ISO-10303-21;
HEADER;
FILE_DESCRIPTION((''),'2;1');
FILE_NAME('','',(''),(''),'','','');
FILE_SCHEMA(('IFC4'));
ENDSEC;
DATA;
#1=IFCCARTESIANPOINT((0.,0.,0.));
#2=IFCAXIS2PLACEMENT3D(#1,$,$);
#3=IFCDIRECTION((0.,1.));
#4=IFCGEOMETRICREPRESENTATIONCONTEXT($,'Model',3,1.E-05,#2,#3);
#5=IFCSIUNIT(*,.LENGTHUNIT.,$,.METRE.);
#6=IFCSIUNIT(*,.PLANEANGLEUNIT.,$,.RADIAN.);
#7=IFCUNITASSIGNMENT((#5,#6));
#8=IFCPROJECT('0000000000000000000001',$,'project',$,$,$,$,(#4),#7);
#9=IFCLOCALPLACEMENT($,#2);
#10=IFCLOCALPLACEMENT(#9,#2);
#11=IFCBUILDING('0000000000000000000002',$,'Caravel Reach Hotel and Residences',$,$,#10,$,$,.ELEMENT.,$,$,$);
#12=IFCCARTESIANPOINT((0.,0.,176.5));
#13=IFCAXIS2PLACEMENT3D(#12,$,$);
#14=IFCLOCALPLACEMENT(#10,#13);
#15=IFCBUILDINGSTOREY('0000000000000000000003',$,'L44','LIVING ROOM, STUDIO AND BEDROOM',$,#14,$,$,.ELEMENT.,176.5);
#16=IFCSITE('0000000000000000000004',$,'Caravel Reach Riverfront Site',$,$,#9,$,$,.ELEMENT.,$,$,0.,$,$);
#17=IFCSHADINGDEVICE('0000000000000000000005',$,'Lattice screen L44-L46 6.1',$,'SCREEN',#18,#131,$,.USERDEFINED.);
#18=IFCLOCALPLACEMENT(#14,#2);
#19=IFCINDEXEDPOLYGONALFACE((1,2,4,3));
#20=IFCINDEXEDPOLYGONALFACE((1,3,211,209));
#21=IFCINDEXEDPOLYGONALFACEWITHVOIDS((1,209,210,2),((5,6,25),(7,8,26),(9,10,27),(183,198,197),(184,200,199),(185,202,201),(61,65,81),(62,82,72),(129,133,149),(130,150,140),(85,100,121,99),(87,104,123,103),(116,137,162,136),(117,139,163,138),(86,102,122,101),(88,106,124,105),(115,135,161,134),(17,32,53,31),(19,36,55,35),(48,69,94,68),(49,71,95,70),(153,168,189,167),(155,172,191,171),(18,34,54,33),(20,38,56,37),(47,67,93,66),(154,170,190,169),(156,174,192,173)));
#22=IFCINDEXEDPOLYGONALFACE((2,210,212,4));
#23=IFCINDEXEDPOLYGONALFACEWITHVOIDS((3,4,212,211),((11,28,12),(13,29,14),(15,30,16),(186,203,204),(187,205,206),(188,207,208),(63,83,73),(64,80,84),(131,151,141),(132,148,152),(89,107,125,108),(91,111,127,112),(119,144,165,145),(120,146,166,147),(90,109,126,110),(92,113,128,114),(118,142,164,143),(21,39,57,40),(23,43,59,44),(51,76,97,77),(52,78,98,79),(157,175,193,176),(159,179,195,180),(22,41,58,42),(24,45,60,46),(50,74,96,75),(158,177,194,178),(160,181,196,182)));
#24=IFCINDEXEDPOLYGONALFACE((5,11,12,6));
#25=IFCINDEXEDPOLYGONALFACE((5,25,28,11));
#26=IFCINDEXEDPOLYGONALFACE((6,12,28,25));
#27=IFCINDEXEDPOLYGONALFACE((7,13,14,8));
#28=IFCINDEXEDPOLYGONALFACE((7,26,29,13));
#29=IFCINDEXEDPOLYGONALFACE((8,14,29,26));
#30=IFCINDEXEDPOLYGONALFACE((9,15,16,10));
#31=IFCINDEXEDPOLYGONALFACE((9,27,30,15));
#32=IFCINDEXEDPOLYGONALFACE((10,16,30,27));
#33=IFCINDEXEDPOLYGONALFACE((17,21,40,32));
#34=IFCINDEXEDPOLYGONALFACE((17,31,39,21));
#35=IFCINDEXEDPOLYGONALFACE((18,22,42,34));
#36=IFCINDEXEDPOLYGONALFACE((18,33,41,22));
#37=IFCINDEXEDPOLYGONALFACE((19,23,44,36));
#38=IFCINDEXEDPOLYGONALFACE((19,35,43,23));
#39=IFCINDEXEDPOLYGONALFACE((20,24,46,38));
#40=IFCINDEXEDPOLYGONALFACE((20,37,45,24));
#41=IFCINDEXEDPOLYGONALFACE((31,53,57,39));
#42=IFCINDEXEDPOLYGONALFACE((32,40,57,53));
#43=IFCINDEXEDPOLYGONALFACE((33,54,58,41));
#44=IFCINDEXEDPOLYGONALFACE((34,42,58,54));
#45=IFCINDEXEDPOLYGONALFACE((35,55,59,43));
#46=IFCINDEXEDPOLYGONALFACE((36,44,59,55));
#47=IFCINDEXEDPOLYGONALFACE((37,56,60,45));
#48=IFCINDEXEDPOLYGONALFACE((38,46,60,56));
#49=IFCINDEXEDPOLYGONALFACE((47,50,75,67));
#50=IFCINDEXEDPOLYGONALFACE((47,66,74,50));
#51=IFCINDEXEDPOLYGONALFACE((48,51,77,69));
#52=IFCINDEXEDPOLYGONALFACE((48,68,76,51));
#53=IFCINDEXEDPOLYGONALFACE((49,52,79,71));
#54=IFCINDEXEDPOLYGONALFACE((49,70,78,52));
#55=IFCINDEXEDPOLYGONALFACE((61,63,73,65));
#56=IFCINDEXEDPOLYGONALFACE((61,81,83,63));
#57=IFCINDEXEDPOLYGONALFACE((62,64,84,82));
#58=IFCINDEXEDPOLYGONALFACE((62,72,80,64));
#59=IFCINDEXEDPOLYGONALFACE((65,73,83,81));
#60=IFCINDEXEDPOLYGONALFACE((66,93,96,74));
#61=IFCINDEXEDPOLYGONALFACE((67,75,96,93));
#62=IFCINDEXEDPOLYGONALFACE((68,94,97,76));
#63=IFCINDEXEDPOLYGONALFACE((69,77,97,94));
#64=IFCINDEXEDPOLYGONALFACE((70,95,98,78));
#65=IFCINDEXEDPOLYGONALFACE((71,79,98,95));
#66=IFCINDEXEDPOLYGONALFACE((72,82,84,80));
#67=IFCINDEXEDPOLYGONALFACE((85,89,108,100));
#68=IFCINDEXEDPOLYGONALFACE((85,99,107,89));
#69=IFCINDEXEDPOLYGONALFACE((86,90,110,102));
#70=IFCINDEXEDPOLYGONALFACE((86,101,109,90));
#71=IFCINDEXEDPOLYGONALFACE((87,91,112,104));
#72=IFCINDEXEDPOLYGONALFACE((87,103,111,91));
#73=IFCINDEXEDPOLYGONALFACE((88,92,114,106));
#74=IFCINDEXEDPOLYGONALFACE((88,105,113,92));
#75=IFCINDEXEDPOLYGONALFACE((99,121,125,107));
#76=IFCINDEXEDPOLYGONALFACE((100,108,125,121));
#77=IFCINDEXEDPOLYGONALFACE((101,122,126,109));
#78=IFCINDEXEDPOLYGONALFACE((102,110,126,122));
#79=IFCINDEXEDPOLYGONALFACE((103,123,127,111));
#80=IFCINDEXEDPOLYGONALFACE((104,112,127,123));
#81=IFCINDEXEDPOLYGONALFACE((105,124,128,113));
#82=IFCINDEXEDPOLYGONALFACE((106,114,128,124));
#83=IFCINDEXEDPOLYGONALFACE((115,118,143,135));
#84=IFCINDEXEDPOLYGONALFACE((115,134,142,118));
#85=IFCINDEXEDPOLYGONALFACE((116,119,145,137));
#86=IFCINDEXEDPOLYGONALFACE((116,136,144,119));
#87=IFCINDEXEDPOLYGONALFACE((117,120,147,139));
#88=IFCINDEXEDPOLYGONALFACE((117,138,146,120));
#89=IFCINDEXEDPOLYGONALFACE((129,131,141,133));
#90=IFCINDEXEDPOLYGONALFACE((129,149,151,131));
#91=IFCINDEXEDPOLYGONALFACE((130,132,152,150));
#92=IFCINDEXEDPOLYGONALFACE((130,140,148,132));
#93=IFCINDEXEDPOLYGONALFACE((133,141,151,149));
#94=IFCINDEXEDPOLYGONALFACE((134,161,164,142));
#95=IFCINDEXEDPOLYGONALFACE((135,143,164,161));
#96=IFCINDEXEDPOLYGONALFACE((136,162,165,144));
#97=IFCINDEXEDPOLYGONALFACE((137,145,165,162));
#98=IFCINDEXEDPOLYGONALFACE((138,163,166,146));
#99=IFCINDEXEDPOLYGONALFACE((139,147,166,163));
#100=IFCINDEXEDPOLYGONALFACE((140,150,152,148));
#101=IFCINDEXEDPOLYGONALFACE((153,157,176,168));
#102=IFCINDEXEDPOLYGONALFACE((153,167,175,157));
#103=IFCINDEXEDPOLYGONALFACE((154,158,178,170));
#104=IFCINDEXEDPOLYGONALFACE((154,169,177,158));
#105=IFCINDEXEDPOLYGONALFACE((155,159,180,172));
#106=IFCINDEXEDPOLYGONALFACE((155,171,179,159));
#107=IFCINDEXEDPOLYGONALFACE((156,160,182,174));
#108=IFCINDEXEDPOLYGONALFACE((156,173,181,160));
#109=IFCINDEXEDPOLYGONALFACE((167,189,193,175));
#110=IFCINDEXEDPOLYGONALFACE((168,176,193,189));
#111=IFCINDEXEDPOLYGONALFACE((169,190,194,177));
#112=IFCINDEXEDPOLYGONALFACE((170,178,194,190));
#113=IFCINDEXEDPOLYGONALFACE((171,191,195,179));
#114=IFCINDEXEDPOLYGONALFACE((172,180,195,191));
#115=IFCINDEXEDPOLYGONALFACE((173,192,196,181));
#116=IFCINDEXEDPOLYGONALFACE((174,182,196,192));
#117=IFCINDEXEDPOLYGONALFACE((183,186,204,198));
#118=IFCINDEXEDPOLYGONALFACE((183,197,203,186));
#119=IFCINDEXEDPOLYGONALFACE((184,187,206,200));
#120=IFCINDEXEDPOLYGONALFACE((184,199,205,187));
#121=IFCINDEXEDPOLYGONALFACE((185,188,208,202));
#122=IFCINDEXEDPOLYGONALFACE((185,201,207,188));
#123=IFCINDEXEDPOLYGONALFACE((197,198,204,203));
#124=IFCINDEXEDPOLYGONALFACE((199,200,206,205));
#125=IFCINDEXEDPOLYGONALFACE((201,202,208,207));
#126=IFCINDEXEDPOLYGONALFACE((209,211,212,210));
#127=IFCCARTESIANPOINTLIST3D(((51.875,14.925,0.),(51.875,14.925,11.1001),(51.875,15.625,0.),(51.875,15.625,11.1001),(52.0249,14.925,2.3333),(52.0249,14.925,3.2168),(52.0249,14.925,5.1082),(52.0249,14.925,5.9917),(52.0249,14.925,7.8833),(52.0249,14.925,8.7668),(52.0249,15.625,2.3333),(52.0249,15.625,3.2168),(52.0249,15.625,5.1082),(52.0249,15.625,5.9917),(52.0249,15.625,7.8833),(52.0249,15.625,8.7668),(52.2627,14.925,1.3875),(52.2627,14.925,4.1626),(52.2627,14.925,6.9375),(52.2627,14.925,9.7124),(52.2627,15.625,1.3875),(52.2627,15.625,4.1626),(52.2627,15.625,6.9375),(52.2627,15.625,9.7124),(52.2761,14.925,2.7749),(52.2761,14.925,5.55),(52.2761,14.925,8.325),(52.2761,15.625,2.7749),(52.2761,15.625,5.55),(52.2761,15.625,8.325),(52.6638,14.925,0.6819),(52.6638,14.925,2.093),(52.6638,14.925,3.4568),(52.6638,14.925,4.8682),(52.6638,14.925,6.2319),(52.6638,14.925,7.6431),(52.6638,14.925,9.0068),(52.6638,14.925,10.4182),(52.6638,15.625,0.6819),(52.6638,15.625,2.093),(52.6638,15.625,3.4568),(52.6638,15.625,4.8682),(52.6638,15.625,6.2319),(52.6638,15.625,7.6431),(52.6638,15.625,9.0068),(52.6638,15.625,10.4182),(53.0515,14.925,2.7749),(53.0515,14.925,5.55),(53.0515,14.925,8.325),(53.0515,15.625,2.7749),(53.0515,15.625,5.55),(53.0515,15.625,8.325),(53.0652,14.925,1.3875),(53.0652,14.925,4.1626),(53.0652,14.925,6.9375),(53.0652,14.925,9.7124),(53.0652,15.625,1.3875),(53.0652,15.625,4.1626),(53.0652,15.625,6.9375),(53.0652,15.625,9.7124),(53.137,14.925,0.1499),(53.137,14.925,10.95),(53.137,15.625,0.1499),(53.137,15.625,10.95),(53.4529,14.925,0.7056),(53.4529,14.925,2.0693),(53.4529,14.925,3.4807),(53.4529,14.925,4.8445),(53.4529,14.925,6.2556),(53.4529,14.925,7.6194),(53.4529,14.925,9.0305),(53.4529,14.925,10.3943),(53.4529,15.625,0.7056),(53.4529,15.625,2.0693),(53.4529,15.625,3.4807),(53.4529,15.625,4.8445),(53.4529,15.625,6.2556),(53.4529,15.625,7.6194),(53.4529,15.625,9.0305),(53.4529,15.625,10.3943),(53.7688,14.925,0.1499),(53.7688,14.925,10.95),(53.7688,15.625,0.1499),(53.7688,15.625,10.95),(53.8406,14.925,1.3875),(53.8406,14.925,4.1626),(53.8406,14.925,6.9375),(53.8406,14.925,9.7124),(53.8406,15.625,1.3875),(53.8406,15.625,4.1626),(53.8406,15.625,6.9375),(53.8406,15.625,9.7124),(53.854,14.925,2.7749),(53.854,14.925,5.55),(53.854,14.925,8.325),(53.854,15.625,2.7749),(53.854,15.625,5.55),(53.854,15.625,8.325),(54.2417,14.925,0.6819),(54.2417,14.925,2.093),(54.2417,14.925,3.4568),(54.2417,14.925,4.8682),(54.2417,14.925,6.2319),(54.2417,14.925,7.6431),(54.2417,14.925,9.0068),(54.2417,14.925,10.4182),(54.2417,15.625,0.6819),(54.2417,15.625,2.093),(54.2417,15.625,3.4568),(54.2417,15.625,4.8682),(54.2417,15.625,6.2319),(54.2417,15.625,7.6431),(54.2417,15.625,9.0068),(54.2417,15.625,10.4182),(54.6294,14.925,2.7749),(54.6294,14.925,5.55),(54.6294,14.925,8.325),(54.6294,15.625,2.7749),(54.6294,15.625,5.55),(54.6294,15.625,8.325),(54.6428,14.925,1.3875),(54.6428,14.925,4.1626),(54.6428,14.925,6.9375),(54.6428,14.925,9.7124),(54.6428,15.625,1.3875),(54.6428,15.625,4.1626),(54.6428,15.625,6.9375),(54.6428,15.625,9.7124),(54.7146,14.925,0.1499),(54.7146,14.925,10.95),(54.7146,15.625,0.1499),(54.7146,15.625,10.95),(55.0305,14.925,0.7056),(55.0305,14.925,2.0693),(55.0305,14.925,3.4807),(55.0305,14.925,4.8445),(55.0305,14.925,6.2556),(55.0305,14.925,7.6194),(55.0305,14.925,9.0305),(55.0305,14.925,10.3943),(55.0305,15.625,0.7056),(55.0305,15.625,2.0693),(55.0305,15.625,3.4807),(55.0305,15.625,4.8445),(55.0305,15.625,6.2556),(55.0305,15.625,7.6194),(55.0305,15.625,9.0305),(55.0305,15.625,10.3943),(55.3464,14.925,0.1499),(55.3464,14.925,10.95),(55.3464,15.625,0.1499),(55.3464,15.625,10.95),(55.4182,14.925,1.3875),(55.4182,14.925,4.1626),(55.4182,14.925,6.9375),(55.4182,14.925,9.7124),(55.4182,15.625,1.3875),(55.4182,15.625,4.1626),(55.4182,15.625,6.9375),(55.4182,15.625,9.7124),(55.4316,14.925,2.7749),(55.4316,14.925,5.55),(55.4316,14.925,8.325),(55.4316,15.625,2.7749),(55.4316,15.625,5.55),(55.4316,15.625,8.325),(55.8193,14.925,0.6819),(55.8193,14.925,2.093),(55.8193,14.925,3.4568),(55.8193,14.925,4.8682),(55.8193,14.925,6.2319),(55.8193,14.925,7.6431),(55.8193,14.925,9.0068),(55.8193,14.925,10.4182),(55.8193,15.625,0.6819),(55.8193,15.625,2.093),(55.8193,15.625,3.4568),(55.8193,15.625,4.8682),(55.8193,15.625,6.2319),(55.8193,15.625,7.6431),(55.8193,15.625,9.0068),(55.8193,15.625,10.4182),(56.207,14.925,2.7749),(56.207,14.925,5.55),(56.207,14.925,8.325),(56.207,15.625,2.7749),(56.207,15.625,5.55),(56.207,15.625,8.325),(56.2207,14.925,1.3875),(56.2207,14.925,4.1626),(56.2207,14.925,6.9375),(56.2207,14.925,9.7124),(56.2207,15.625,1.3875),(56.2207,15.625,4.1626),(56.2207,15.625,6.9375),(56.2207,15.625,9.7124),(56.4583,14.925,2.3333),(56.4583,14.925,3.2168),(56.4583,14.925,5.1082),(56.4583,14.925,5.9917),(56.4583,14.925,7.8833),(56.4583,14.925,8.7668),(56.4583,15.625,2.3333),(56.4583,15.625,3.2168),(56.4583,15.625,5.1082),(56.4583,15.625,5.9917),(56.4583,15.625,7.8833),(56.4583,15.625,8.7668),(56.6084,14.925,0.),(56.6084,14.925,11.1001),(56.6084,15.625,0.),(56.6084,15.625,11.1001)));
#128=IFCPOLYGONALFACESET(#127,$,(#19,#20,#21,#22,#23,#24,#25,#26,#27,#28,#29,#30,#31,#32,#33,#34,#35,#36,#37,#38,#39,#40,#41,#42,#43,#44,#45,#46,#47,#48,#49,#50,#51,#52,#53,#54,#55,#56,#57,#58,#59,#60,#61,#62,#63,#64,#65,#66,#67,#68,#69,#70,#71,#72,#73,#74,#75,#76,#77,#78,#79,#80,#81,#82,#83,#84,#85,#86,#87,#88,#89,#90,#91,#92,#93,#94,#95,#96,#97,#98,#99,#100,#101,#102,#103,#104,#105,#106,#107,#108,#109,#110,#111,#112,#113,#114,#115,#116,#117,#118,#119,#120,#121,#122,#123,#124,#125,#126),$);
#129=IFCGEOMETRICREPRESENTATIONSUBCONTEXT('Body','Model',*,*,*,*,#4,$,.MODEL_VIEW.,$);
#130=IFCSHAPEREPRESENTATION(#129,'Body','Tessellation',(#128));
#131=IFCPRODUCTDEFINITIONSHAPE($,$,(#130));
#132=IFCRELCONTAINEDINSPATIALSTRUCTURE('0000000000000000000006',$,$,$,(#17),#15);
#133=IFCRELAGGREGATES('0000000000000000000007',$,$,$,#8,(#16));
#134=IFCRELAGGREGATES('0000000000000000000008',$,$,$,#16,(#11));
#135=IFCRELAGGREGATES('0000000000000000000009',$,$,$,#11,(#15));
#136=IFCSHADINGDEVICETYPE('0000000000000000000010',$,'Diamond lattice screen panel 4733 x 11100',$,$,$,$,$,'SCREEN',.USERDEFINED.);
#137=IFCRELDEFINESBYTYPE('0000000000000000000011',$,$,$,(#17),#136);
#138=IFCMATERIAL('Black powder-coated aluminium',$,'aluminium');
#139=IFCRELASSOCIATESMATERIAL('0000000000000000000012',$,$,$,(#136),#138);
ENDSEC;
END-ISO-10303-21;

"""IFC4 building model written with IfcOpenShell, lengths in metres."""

from ifc_helpers import new_model, si_unit, direction, frame, origin, place, context, subcontext, project, spatial, polyline, outline, extrude, material, type_object, element, save


model = new_model("IFC4")

# Units and contexts
model_context = context("Model", 3, precision=1e-05, world=origin(), true_north=direction((0.0, 1.0)))
body_context = subcontext(model_context, "Body", "Model", "MODEL_VIEW")
ifc_project = project(units=[si_unit("LENGTHUNIT", "METRE"), si_unit("PLANEANGLEUNIT", "RADIAN")], contexts=[model_context])

# Site, building, storey
site_placement = place(None, origin())
site = spatial("IfcSite", under=ifc_project, at=site_placement, Name="Caravel Reach Riverfront Site", CompositionType="ELEMENT", RefElevation=0.0)
building_placement = place(site_placement, origin())
building = spatial("IfcBuilding", under=site, at=building_placement, Name="Caravel Reach Hotel and Residences", CompositionType="ELEMENT")
storey_placement = place(building_placement, frame((0.0, 0.0, 176.5)))
storey = spatial("IfcBuildingStorey", under=building, at=storey_placement, Name="L44", Description="LIVING ROOM, STUDIO AND BEDROOM", CompositionType="ELEMENT", Elevation=176.5)

# Shading device
ifc_material_1 = material(Name="Black powder-coated aluminium", Category="aluminium")
shading_device_type_1 = type_object("IfcShadingDeviceType", Name="Diamond lattice screen panel 4733 x 11100", ElementType="SCREEN", PredefinedType="USERDEFINED", material=ifc_material_1)
shading_device_1_placement = place(storey_placement, frame((51.875, 15.625, 0.0), z_axis=(0.0, -1.0, 0.0), x_axis=(1.0, 0.0, 0.0)))
element("IfcShadingDevice", 1, at=shading_device_1_placement, inside=storey, type_object=shading_device_type_1, Name="Lattice screen L44-L46 6.1", ObjectType="SCREEN", PredefinedType="USERDEFINED", context=body_context, shape_type="SweptSolid", body=[
    extrude(outline(polyline([(0.0, 0.0), (4.7334, 0.0), (4.7334, 11.1001), (0.0, 11.1001), (0.0, 0.0)]), holes=[polyline([(0.4011, 2.7749), (0.1499, 3.2168), (0.1499, 2.3333), (0.4011, 2.7749)]), polyline([(0.4011, 5.55), (0.1499, 5.9917), (0.1499, 5.1082), (0.4011, 5.55)]), polyline([(0.4011, 8.325), (0.1499, 8.7668), (0.1499, 7.8833), (0.4011, 8.325)]), polyline([(0.7888, 2.093), (0.3877, 1.3875), (0.7888, 0.6819), (1.1902, 1.3875), (0.7888, 2.093)]), polyline([(0.7888, 4.8682), (0.3877, 4.1626), (0.7888, 3.4568), (1.1902, 4.1626), (0.7888, 4.8682)]), polyline([(0.7888, 7.6431), (0.3877, 6.9375), (0.7888, 6.2319), (1.1902, 6.9375), (0.7888, 7.6431)]), polyline([(0.7888, 10.4182), (0.3877, 9.7124), (0.7888, 9.0068), (1.1902, 9.7124), (0.7888, 10.4182)]), polyline([(1.5779, 0.7056), (1.262, 0.1499), (1.8938, 0.1499), (1.5779, 0.7056)]), polyline([(1.5779, 3.4807), (1.1765, 2.7749), (1.5779, 2.0693), (1.979, 2.7749), (1.5779, 3.4807)]), polyline([(1.5779, 6.2556), (1.1765, 5.55), (1.5779, 4.8445), (1.979, 5.55), (1.5779, 6.2556)]), polyline([(1.5779, 9.0305), (1.1765, 8.325), (1.5779, 7.6194), (1.979, 8.325), (1.5779, 9.0305)]), polyline([(1.5779, 10.3943), (1.8938, 10.95), (1.262, 10.95), (1.5779, 10.3943)]), polyline([(2.3667, 2.093), (1.9656, 1.3875), (2.3667, 0.6819), (2.7678, 1.3875), (2.3667, 2.093)]), polyline([(2.3667, 4.8682), (1.9656, 4.1626), (2.3667, 3.4568), (2.7678, 4.1626), (2.3667, 4.8682)]), polyline([(2.3667, 7.6431), (1.9656, 6.9375), (2.3667, 6.2319), (2.7678, 6.9375), (2.3667, 7.6431)]), polyline([(2.3667, 10.4182), (1.9656, 9.7124), (2.3667, 9.0068), (2.7678, 9.7124), (2.3667, 10.4182)]), polyline([(3.1555, 0.7056), (2.8396, 0.1499), (3.4714, 0.1499), (3.1555, 0.7056)]), polyline([(3.1555, 3.4807), (2.7544, 2.7749), (3.1555, 2.0693), (3.5566, 2.7749), (3.1555, 3.4807)]), polyline([(3.1555, 6.2556), (2.7544, 5.55), (3.1555, 4.8445), (3.5566, 5.55), (3.1555, 6.2556)]), polyline([(3.1555, 9.0305), (2.7544, 8.325), (3.1555, 7.6194), (3.5566, 8.325), (3.1555, 9.0305)]), polyline([(3.1555, 10.3943), (3.4714, 10.95), (2.8396, 10.95), (3.1555, 10.3943)]), polyline([(3.9443, 2.093), (3.5432, 1.3875), (3.9443, 0.6819), (4.3457, 1.3875), (3.9443, 2.093)]), polyline([(3.9443, 4.8682), (3.5432, 4.1626), (3.9443, 3.4568), (4.3457, 4.1626), (3.9443, 4.8682)]), polyline([(3.9443, 7.6431), (3.5432, 6.9375), (3.9443, 6.2319), (4.3457, 6.9375), (3.9443, 7.6431)]), polyline([(3.9443, 10.4182), (3.5432, 9.7124), (3.9443, 9.0068), (4.3457, 9.7124), (3.9443, 10.4182)]), polyline([(4.332, 2.7749), (4.5833, 2.3333), (4.5833, 3.2168), (4.332, 2.7749)]), polyline([(4.332, 5.55), (4.5833, 5.1082), (4.5833, 5.9917), (4.332, 5.55)]), polyline([(4.332, 8.325), (4.5833, 7.8833), (4.5833, 8.7668), (4.332, 8.325)])]), origin(), (0.0, 0.0, 1.0), 0.7),
])

save(model, "model.ifc")
